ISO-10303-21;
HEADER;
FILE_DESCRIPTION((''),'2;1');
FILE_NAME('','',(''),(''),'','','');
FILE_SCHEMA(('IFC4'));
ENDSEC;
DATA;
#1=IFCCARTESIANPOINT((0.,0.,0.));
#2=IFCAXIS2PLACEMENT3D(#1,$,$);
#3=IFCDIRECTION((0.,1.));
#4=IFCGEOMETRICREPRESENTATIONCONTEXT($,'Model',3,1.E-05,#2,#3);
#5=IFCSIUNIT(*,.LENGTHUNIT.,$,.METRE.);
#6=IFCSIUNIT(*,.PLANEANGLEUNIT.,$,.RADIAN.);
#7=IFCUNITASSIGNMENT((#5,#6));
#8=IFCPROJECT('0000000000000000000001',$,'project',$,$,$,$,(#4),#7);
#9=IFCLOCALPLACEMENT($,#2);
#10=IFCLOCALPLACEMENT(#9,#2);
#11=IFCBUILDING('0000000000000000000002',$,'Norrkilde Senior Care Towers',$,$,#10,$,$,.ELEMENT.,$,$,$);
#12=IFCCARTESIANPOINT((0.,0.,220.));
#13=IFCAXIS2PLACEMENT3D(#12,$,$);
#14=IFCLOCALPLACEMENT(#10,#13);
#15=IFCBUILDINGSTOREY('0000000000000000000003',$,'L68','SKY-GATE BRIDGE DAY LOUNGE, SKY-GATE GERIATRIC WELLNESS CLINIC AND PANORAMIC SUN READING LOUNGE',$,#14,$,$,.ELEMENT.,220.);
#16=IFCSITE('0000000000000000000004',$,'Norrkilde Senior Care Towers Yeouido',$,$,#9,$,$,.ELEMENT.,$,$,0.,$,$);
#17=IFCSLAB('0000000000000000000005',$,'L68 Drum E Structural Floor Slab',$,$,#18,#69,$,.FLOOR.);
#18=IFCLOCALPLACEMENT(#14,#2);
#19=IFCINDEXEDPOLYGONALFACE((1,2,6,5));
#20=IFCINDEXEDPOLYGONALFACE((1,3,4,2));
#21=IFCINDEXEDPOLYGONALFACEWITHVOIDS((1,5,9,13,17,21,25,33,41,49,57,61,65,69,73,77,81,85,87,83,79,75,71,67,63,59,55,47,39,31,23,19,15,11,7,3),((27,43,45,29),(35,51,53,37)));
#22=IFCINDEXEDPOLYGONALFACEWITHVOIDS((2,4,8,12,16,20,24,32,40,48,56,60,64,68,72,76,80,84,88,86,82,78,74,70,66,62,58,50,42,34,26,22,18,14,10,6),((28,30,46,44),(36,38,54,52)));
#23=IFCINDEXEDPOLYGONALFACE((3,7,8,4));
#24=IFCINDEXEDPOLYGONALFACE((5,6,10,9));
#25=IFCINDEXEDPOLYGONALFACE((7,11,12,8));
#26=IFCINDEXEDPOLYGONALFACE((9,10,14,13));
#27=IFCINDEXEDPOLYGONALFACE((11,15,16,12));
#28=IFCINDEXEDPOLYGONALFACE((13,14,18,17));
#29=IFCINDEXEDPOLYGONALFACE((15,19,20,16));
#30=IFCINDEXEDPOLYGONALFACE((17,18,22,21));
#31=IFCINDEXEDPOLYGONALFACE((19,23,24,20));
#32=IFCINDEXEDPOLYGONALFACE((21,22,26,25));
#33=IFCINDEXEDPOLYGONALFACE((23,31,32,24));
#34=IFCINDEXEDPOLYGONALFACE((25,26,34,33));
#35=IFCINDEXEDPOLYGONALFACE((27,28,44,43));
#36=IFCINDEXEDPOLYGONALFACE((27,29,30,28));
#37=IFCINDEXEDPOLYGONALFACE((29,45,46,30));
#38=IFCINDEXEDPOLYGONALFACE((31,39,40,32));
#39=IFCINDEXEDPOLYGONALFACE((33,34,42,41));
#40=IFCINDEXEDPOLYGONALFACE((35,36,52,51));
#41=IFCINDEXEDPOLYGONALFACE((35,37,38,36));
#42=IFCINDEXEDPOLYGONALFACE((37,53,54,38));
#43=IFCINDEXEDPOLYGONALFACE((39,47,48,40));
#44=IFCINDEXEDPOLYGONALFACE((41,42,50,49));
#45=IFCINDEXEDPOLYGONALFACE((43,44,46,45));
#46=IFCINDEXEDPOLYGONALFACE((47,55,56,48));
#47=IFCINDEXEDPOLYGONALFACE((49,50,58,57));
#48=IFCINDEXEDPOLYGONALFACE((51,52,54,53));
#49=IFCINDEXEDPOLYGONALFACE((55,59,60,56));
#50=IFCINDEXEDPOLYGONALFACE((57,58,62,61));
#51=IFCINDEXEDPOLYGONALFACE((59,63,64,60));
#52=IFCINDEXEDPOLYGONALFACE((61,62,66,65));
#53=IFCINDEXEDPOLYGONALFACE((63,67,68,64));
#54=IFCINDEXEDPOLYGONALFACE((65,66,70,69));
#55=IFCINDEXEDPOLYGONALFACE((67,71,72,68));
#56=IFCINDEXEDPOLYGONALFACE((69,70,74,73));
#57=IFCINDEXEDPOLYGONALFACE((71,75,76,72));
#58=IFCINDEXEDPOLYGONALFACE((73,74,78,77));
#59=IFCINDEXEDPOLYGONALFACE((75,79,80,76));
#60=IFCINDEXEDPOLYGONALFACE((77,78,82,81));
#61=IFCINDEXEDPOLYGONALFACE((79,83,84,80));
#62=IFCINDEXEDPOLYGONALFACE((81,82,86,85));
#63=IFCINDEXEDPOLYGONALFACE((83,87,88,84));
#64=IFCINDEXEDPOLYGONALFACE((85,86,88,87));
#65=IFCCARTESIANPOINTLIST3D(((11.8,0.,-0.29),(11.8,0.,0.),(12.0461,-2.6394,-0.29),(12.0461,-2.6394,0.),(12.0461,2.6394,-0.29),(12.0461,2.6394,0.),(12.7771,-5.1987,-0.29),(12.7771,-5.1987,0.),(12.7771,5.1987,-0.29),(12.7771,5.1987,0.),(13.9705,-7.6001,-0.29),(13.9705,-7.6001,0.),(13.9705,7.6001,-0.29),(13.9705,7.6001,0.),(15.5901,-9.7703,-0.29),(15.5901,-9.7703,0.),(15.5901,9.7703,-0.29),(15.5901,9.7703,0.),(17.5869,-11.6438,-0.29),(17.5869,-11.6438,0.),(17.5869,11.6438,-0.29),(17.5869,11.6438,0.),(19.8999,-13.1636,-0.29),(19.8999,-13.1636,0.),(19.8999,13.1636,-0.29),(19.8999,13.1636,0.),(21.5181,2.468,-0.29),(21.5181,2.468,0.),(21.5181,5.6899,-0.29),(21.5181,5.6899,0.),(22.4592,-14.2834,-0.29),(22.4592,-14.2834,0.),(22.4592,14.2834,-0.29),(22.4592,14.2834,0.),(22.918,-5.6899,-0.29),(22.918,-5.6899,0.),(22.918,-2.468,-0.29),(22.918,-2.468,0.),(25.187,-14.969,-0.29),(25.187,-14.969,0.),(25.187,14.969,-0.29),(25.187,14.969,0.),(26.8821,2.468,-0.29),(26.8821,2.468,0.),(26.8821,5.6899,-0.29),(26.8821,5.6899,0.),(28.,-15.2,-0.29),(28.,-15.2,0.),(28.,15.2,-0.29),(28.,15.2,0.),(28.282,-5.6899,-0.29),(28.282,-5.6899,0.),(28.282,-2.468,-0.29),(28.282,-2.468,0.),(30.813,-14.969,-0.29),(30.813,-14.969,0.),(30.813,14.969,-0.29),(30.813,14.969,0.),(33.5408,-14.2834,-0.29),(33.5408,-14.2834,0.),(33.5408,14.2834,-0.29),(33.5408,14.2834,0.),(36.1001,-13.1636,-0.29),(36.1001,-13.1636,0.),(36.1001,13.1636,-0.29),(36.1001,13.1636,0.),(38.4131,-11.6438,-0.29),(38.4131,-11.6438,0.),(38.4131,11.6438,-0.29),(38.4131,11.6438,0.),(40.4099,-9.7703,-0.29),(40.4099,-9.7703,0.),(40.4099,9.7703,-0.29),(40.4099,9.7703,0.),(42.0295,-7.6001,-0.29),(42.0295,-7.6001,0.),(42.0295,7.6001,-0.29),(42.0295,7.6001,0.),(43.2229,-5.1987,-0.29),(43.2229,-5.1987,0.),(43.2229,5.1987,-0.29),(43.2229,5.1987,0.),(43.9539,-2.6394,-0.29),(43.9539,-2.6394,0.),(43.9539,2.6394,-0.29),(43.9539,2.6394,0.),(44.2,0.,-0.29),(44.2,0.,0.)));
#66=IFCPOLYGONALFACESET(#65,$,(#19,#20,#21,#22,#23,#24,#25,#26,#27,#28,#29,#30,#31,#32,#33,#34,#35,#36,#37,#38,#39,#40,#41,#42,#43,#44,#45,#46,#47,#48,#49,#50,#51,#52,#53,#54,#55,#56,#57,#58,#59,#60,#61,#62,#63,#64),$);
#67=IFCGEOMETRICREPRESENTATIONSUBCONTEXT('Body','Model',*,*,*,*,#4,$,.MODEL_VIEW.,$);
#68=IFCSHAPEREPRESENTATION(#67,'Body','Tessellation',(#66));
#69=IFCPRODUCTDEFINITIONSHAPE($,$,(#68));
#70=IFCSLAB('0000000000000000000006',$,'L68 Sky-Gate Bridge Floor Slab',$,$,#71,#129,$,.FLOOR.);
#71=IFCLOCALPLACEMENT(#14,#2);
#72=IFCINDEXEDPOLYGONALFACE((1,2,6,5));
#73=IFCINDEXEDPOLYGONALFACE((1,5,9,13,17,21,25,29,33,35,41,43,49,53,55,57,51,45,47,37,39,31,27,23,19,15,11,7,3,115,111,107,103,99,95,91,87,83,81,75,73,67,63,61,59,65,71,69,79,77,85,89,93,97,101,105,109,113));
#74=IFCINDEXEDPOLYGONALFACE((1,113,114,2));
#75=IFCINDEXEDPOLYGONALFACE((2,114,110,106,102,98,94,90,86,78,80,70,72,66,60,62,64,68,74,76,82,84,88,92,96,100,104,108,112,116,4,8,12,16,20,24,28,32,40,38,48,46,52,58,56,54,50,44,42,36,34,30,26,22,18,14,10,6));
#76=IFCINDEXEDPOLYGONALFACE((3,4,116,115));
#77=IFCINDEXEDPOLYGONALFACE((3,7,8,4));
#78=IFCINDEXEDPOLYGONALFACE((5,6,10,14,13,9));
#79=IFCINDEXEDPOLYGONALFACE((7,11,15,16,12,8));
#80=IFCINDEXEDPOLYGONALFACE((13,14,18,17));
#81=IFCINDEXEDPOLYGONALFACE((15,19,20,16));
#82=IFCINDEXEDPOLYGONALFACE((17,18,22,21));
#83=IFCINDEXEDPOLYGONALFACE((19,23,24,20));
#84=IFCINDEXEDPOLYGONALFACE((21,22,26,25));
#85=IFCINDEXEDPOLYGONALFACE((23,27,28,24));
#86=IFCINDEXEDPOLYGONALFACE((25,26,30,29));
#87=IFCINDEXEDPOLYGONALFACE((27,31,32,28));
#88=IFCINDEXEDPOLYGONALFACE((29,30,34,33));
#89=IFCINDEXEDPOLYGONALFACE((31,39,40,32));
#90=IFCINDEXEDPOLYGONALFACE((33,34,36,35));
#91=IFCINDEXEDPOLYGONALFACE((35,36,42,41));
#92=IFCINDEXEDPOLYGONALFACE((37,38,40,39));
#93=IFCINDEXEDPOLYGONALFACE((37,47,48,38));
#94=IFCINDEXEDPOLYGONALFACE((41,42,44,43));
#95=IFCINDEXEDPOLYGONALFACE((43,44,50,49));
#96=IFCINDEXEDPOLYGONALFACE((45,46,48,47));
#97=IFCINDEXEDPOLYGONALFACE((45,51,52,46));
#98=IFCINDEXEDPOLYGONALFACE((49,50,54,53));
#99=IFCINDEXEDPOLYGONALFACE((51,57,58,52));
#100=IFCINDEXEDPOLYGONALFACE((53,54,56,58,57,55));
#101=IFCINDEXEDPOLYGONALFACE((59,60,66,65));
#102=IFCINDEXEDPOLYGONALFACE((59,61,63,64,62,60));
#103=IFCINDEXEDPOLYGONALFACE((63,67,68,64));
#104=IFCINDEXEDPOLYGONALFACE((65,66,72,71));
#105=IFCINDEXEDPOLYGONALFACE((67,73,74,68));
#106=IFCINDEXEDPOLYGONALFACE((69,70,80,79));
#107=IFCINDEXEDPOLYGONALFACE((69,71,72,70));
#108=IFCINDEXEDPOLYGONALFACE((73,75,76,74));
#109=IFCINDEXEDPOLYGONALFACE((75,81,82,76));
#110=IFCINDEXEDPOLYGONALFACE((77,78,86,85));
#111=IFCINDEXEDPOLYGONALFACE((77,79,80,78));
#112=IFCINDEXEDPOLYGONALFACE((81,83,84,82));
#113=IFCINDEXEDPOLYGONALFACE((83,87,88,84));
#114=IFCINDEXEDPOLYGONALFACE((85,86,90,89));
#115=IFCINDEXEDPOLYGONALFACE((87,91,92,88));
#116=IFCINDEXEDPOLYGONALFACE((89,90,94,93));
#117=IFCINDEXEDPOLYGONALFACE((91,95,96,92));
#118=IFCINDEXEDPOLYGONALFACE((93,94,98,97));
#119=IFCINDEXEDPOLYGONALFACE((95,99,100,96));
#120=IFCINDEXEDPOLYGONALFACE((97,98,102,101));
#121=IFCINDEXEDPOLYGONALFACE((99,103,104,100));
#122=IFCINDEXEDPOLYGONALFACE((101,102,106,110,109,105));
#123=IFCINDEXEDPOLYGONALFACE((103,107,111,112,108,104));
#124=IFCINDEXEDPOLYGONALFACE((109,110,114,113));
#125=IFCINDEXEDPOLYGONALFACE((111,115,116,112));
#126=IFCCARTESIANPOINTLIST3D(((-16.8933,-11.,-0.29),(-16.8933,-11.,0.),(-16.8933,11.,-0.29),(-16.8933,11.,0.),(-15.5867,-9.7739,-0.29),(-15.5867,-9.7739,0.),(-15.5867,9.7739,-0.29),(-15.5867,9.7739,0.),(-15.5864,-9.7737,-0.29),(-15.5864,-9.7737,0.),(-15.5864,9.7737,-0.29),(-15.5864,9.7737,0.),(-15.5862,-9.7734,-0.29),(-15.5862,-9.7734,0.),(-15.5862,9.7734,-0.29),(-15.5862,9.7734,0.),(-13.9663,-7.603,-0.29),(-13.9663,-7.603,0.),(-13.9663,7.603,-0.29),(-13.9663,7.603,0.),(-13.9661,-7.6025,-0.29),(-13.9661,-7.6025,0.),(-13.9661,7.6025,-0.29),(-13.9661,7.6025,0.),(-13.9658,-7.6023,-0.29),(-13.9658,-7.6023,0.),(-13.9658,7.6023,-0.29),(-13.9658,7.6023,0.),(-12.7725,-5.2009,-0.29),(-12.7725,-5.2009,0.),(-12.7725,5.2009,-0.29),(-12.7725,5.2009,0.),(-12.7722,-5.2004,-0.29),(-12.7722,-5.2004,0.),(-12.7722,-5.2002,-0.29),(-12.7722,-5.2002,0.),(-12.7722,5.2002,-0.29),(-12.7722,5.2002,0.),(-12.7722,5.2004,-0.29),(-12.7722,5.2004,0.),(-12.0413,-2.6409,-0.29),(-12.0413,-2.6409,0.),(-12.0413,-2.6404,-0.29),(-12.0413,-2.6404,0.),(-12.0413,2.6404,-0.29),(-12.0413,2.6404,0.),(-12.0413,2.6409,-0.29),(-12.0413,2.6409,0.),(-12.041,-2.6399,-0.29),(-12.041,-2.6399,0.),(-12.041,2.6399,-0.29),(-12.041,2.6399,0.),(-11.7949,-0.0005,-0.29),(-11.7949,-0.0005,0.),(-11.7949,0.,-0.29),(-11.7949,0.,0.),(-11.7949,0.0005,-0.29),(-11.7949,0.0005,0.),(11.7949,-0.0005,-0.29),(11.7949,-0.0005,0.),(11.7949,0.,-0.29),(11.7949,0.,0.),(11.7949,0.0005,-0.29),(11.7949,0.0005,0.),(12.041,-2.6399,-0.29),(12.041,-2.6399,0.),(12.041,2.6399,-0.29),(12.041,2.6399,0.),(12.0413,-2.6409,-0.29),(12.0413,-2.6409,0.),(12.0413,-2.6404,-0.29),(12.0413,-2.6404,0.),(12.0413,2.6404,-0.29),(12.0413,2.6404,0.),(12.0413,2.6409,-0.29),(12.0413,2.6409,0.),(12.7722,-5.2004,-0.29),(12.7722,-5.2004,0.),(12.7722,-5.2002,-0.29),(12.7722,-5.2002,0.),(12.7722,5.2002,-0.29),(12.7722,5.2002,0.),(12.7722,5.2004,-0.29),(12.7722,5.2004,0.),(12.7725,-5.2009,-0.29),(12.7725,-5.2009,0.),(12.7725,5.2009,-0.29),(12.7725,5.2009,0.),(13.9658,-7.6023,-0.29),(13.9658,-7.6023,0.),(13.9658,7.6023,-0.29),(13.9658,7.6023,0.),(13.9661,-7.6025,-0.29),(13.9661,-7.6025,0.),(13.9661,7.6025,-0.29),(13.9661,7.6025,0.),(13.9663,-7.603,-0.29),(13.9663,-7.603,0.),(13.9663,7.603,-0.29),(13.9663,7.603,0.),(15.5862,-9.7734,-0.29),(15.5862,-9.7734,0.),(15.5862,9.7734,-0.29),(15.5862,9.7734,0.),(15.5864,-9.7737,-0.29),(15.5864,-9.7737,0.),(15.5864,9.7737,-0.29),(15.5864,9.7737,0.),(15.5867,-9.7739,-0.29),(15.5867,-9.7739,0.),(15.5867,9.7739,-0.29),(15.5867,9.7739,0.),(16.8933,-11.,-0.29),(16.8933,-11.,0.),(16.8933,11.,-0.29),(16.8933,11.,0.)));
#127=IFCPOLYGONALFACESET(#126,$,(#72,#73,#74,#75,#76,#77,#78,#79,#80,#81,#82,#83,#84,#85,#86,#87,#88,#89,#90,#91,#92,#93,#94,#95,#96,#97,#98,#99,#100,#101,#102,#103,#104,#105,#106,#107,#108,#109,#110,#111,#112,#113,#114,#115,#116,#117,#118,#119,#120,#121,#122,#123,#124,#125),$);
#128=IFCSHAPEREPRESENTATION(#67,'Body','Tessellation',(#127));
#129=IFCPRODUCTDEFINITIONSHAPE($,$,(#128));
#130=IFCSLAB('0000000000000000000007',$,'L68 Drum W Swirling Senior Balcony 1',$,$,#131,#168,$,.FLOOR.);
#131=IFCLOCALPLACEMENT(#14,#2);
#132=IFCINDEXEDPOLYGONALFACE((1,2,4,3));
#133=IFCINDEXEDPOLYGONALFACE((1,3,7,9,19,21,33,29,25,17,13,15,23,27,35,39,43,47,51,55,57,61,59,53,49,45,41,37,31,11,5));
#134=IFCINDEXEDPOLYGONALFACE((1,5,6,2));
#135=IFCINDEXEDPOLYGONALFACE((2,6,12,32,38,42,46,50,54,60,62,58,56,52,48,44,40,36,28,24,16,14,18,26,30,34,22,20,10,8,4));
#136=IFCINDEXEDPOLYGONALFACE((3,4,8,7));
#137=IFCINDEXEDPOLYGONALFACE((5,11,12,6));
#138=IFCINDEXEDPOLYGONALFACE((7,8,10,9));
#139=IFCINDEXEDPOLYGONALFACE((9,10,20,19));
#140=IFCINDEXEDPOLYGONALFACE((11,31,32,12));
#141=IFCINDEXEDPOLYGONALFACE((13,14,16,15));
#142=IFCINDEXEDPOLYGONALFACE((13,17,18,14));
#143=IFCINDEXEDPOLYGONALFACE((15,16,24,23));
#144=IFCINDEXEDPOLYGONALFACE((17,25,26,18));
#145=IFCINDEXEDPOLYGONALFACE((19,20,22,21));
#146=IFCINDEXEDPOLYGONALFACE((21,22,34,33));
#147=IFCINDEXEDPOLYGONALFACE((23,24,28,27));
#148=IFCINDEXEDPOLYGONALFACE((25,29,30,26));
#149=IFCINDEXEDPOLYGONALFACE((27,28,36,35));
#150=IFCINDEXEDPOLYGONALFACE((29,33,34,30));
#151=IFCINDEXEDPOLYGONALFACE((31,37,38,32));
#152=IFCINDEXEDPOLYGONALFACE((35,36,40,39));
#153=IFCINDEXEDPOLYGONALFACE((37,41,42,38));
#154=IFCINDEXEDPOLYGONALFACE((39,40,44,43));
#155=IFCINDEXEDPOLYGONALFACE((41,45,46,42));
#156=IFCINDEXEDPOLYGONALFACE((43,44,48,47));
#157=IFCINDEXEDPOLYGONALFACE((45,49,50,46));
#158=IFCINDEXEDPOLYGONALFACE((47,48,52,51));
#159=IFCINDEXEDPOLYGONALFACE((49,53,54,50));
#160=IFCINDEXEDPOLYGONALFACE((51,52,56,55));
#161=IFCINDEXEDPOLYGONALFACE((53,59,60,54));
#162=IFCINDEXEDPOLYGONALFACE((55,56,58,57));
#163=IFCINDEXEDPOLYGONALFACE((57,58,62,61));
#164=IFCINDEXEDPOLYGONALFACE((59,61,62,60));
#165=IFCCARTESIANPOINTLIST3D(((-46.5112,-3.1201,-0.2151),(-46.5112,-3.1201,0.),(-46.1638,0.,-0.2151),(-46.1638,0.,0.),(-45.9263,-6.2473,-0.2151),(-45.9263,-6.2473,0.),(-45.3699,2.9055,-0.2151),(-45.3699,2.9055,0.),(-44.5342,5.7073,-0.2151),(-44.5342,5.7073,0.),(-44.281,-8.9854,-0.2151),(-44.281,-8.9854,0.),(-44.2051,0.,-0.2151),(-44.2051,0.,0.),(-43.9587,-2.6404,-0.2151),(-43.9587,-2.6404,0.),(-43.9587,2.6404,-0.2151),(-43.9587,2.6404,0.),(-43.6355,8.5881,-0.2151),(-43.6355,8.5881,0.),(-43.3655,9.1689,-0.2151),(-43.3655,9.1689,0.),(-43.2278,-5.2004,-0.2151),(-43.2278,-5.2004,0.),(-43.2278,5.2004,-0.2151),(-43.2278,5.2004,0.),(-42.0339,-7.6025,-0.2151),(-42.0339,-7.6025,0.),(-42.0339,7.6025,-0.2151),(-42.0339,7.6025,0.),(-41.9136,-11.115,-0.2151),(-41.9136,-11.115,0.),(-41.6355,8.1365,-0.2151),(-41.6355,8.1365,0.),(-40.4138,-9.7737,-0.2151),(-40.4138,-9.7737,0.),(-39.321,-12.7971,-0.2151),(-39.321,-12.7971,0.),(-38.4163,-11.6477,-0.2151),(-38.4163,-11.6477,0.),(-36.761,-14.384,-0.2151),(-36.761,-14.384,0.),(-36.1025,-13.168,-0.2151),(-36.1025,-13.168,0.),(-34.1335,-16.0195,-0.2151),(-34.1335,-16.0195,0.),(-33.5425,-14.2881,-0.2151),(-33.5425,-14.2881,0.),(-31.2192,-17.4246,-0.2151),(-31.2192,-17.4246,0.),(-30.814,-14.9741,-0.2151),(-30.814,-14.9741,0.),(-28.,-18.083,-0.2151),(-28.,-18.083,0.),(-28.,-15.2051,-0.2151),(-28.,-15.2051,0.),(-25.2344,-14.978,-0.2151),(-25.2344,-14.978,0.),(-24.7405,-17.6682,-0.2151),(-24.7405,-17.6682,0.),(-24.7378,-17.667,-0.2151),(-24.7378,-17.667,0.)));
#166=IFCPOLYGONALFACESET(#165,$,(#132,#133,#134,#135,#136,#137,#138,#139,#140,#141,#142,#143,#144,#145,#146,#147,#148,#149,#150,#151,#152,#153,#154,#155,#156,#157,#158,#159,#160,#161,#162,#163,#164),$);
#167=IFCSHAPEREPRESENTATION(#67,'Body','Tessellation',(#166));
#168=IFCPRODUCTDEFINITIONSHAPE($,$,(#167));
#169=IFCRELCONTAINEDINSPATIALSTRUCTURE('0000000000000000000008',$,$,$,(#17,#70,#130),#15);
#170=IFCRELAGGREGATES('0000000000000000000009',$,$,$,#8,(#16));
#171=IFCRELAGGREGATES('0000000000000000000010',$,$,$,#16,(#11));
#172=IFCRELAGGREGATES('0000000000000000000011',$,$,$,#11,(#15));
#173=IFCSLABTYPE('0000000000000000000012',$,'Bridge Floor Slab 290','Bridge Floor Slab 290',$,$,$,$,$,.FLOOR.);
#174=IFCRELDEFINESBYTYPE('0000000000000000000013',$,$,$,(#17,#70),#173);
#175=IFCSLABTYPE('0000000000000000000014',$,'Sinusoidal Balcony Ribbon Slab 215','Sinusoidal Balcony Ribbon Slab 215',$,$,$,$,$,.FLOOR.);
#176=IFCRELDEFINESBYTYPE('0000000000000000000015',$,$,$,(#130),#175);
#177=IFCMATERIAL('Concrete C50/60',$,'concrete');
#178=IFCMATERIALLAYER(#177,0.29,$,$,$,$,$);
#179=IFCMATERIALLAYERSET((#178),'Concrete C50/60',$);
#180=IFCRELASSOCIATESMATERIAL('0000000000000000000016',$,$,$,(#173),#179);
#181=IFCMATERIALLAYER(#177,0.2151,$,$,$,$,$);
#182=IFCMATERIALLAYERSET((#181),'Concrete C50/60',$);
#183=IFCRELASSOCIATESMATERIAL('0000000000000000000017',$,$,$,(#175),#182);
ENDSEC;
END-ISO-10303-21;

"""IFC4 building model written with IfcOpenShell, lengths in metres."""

from ifc_helpers import new_model, si_unit, direction, frame, origin, place, context, subcontext, project, spatial, polyline, outline, extrude, material, layer, layer_set, type_object, element, save


model = new_model("IFC4")

# Units and contexts
model_context = context("Model", 3, precision=1e-05, world=origin(), true_north=direction((0.0, 1.0)))
body_context = subcontext(model_context, "Body", "Model", "MODEL_VIEW")
ifc_project = project(units=[si_unit("LENGTHUNIT", "METRE"), si_unit("PLANEANGLEUNIT", "RADIAN")], contexts=[model_context])

# Site, building, storey
site_placement = place(None, origin())
site = spatial("IfcSite", under=ifc_project, at=site_placement, Name="Norrkilde Senior Care Towers Yeouido", CompositionType="ELEMENT", RefElevation=0.0)
building_placement = place(site_placement, origin())
building = spatial("IfcBuilding", under=site, at=building_placement, Name="Norrkilde Senior Care Towers", CompositionType="ELEMENT")
storey_placement = place(building_placement, frame((0.0, 0.0, 220.0)))
storey = spatial("IfcBuildingStorey", under=building, at=storey_placement, Name="L68", Description="SKY-GATE BRIDGE DAY LOUNGE, SKY-GATE GERIATRIC WELLNESS CLINIC AND PANORAMIC SUN READING LOUNGE", CompositionType="ELEMENT", Elevation=220.0)

# Slabs
ifc_material_1 = material(Name="Concrete C50/60", Category="concrete")
ifc_layer_1 = layer(ifc_material_1, 0.29)
ifc_layer_set_1 = layer_set([ifc_layer_1], Name="Concrete C50/60")
slab_type_1 = type_object("IfcSlabType", Name="Bridge Floor Slab 290", Description="Bridge Floor Slab 290", PredefinedType="FLOOR", material=ifc_layer_set_1)
slab_1_placement = place(storey_placement, frame((0.0, 0.0, -0.29)))
element("IfcSlab", 1, at=slab_1_placement, inside=storey, type_object=slab_type_1, Name="L68 Drum E Structural Floor Slab", PredefinedType="FLOOR", context=body_context, shape_type="SweptSolid", body=[
    extrude(outline(polyline([(43.2229, -5.1987), (42.0295, -7.6001), (40.4099, -9.7703), (38.4131, -11.6438), (36.1001, -13.1636), (33.5408, -14.2834), (30.813, -14.969), (28.0, -15.2), (25.187, -14.969), (22.4592, -14.2834), (19.8999, -13.1636), (17.5869, -11.6438), (15.5901, -9.7703), (13.9705, -7.6001), (12.7771, -5.1987), (12.0461, -2.6394), (11.8, 0.0), (12.0461, 2.6394), (12.7771, 5.1987), (13.9705, 7.6001), (15.5901, 9.7703), (17.5869, 11.6438), (19.8999, 13.1636), (22.4592, 14.2834), (25.187, 14.969), (28.0, 15.2), (30.813, 14.969), (33.5408, 14.2834), (36.1001, 13.1636), (38.4131, 11.6438), (40.4099, 9.7703), (42.0295, 7.6001), (43.2229, 5.1987), (43.9539, 2.6394), (44.2, 0.0), (43.9539, -2.6394), (43.2229, -5.1987)]), holes=[polyline([(21.5181, 2.468), (26.8821, 2.468), (26.8821, 5.6899), (21.5181, 5.6899), (21.5181, 2.468)]), polyline([(28.282, -5.6899), (28.282, -2.468), (22.918, -2.468), (22.918, -5.6899), (28.282, -5.6899)])]), origin(), (0.0, 0.0, 1.0), 0.29),
])
slab_2_placement = place(storey_placement, frame((0.0, 0.0, -0.29)))
element("IfcSlab", 2, at=slab_2_placement, inside=storey, type_object=slab_type_1, Name="L68 Sky-Gate Bridge Floor Slab", PredefinedType="FLOOR", context=body_context, shape_type="SweptSolid", body=[
    extrude(outline(polyline([(16.8933, 11.0), (15.5867, 9.7739), (15.5864, 9.7737), (15.5862, 9.7734), (13.9663, 7.603), (13.9661, 7.6025), (13.9658, 7.6023), (12.7725, 5.2009), (12.7722, 5.2004), (12.7722, 5.2002), (12.0413, 2.6409), (12.0413, 2.6404), (12.041, 2.6399), (11.7949, 0.0005), (11.7949, 0.0), (11.7949, -0.0005), (12.041, -2.6399), (12.0413, -2.6404), (12.0413, -2.6409), (12.7722, -5.2002), (12.7722, -5.2004), (12.7725, -5.2009), (13.9658, -7.6023), (13.9661, -7.6025), (13.9663, -7.603), (15.5862, -9.7734), (15.5864, -9.7737), (15.5867, -9.7739), (16.8933, -11.0), (-16.8933, -11.0), (-15.5867, -9.7739), (-15.5864, -9.7737), (-15.5862, -9.7734), (-13.9663, -7.603), (-13.9661, -7.6025), (-13.9658, -7.6023), (-12.7725, -5.2009), (-12.7722, -5.2004), (-12.7722, -5.2002), (-12.0413, -2.6409), (-12.0413, -2.6404), (-12.041, -2.6399), (-11.7949, -0.0005), (-11.7949, 0.0), (-11.7949, 0.0005), (-12.041, 2.6399), (-12.0413, 2.6404), (-12.0413, 2.6409), (-12.7722, 5.2002), (-12.7722, 5.2004), (-12.7725, 5.2009), (-13.9658, 7.6023), (-13.9661, 7.6025), (-13.9663, 7.603), (-15.5862, 9.7734), (-15.5864, 9.7737), (-15.5867, 9.7739), (-16.8933, 11.0), (16.8933, 11.0)])), origin(), (0.0, 0.0, 1.0), 0.29),
])
ifc_layer_2 = layer(ifc_material_1, 0.2151)
ifc_layer_set_2 = layer_set([ifc_layer_2], Name="Concrete C50/60")
slab_type_2 = type_object("IfcSlabType", Name="Sinusoidal Balcony Ribbon Slab 215", Description="Sinusoidal Balcony Ribbon Slab 215", PredefinedType="FLOOR", material=ifc_layer_set_2)
slab_3_placement = place(storey_placement, frame((0.0, 0.0, -0.2151)))
element("IfcSlab", 3, at=slab_3_placement, inside=storey, type_object=slab_type_2, Name="L68 Drum W Swirling Senior Balcony 1", PredefinedType="FLOOR", context=body_context, shape_type="SweptSolid", body=[
    extrude(outline(polyline([(-31.2192, -17.4246), (-34.1335, -16.0195), (-36.761, -14.384), (-39.321, -12.7971), (-41.9136, -11.115), (-44.281, -8.9854), (-45.9263, -6.2473), (-46.5112, -3.1201), (-46.1638, 0.0), (-45.3699, 2.9055), (-44.5342, 5.7073), (-43.6355, 8.5881), (-43.3655, 9.1689), (-41.6355, 8.1365), (-42.0339, 7.6025), (-43.2278, 5.2004), (-43.9587, 2.6404), (-44.2051, 0.0), (-43.9587, -2.6404), (-43.2278, -5.2004), (-42.0339, -7.6025), (-40.4138, -9.7737), (-38.4163, -11.6477), (-36.1025, -13.168), (-33.5425, -14.2881), (-30.814, -14.9741), (-28.0, -15.2051), (-25.2344, -14.978), (-24.7378, -17.667), (-24.7405, -17.6682), (-28.0, -18.083), (-31.2192, -17.4246)])), origin(), (0.0, 0.0, 1.0), 0.2151),
])

save(model, "model.ifc")
